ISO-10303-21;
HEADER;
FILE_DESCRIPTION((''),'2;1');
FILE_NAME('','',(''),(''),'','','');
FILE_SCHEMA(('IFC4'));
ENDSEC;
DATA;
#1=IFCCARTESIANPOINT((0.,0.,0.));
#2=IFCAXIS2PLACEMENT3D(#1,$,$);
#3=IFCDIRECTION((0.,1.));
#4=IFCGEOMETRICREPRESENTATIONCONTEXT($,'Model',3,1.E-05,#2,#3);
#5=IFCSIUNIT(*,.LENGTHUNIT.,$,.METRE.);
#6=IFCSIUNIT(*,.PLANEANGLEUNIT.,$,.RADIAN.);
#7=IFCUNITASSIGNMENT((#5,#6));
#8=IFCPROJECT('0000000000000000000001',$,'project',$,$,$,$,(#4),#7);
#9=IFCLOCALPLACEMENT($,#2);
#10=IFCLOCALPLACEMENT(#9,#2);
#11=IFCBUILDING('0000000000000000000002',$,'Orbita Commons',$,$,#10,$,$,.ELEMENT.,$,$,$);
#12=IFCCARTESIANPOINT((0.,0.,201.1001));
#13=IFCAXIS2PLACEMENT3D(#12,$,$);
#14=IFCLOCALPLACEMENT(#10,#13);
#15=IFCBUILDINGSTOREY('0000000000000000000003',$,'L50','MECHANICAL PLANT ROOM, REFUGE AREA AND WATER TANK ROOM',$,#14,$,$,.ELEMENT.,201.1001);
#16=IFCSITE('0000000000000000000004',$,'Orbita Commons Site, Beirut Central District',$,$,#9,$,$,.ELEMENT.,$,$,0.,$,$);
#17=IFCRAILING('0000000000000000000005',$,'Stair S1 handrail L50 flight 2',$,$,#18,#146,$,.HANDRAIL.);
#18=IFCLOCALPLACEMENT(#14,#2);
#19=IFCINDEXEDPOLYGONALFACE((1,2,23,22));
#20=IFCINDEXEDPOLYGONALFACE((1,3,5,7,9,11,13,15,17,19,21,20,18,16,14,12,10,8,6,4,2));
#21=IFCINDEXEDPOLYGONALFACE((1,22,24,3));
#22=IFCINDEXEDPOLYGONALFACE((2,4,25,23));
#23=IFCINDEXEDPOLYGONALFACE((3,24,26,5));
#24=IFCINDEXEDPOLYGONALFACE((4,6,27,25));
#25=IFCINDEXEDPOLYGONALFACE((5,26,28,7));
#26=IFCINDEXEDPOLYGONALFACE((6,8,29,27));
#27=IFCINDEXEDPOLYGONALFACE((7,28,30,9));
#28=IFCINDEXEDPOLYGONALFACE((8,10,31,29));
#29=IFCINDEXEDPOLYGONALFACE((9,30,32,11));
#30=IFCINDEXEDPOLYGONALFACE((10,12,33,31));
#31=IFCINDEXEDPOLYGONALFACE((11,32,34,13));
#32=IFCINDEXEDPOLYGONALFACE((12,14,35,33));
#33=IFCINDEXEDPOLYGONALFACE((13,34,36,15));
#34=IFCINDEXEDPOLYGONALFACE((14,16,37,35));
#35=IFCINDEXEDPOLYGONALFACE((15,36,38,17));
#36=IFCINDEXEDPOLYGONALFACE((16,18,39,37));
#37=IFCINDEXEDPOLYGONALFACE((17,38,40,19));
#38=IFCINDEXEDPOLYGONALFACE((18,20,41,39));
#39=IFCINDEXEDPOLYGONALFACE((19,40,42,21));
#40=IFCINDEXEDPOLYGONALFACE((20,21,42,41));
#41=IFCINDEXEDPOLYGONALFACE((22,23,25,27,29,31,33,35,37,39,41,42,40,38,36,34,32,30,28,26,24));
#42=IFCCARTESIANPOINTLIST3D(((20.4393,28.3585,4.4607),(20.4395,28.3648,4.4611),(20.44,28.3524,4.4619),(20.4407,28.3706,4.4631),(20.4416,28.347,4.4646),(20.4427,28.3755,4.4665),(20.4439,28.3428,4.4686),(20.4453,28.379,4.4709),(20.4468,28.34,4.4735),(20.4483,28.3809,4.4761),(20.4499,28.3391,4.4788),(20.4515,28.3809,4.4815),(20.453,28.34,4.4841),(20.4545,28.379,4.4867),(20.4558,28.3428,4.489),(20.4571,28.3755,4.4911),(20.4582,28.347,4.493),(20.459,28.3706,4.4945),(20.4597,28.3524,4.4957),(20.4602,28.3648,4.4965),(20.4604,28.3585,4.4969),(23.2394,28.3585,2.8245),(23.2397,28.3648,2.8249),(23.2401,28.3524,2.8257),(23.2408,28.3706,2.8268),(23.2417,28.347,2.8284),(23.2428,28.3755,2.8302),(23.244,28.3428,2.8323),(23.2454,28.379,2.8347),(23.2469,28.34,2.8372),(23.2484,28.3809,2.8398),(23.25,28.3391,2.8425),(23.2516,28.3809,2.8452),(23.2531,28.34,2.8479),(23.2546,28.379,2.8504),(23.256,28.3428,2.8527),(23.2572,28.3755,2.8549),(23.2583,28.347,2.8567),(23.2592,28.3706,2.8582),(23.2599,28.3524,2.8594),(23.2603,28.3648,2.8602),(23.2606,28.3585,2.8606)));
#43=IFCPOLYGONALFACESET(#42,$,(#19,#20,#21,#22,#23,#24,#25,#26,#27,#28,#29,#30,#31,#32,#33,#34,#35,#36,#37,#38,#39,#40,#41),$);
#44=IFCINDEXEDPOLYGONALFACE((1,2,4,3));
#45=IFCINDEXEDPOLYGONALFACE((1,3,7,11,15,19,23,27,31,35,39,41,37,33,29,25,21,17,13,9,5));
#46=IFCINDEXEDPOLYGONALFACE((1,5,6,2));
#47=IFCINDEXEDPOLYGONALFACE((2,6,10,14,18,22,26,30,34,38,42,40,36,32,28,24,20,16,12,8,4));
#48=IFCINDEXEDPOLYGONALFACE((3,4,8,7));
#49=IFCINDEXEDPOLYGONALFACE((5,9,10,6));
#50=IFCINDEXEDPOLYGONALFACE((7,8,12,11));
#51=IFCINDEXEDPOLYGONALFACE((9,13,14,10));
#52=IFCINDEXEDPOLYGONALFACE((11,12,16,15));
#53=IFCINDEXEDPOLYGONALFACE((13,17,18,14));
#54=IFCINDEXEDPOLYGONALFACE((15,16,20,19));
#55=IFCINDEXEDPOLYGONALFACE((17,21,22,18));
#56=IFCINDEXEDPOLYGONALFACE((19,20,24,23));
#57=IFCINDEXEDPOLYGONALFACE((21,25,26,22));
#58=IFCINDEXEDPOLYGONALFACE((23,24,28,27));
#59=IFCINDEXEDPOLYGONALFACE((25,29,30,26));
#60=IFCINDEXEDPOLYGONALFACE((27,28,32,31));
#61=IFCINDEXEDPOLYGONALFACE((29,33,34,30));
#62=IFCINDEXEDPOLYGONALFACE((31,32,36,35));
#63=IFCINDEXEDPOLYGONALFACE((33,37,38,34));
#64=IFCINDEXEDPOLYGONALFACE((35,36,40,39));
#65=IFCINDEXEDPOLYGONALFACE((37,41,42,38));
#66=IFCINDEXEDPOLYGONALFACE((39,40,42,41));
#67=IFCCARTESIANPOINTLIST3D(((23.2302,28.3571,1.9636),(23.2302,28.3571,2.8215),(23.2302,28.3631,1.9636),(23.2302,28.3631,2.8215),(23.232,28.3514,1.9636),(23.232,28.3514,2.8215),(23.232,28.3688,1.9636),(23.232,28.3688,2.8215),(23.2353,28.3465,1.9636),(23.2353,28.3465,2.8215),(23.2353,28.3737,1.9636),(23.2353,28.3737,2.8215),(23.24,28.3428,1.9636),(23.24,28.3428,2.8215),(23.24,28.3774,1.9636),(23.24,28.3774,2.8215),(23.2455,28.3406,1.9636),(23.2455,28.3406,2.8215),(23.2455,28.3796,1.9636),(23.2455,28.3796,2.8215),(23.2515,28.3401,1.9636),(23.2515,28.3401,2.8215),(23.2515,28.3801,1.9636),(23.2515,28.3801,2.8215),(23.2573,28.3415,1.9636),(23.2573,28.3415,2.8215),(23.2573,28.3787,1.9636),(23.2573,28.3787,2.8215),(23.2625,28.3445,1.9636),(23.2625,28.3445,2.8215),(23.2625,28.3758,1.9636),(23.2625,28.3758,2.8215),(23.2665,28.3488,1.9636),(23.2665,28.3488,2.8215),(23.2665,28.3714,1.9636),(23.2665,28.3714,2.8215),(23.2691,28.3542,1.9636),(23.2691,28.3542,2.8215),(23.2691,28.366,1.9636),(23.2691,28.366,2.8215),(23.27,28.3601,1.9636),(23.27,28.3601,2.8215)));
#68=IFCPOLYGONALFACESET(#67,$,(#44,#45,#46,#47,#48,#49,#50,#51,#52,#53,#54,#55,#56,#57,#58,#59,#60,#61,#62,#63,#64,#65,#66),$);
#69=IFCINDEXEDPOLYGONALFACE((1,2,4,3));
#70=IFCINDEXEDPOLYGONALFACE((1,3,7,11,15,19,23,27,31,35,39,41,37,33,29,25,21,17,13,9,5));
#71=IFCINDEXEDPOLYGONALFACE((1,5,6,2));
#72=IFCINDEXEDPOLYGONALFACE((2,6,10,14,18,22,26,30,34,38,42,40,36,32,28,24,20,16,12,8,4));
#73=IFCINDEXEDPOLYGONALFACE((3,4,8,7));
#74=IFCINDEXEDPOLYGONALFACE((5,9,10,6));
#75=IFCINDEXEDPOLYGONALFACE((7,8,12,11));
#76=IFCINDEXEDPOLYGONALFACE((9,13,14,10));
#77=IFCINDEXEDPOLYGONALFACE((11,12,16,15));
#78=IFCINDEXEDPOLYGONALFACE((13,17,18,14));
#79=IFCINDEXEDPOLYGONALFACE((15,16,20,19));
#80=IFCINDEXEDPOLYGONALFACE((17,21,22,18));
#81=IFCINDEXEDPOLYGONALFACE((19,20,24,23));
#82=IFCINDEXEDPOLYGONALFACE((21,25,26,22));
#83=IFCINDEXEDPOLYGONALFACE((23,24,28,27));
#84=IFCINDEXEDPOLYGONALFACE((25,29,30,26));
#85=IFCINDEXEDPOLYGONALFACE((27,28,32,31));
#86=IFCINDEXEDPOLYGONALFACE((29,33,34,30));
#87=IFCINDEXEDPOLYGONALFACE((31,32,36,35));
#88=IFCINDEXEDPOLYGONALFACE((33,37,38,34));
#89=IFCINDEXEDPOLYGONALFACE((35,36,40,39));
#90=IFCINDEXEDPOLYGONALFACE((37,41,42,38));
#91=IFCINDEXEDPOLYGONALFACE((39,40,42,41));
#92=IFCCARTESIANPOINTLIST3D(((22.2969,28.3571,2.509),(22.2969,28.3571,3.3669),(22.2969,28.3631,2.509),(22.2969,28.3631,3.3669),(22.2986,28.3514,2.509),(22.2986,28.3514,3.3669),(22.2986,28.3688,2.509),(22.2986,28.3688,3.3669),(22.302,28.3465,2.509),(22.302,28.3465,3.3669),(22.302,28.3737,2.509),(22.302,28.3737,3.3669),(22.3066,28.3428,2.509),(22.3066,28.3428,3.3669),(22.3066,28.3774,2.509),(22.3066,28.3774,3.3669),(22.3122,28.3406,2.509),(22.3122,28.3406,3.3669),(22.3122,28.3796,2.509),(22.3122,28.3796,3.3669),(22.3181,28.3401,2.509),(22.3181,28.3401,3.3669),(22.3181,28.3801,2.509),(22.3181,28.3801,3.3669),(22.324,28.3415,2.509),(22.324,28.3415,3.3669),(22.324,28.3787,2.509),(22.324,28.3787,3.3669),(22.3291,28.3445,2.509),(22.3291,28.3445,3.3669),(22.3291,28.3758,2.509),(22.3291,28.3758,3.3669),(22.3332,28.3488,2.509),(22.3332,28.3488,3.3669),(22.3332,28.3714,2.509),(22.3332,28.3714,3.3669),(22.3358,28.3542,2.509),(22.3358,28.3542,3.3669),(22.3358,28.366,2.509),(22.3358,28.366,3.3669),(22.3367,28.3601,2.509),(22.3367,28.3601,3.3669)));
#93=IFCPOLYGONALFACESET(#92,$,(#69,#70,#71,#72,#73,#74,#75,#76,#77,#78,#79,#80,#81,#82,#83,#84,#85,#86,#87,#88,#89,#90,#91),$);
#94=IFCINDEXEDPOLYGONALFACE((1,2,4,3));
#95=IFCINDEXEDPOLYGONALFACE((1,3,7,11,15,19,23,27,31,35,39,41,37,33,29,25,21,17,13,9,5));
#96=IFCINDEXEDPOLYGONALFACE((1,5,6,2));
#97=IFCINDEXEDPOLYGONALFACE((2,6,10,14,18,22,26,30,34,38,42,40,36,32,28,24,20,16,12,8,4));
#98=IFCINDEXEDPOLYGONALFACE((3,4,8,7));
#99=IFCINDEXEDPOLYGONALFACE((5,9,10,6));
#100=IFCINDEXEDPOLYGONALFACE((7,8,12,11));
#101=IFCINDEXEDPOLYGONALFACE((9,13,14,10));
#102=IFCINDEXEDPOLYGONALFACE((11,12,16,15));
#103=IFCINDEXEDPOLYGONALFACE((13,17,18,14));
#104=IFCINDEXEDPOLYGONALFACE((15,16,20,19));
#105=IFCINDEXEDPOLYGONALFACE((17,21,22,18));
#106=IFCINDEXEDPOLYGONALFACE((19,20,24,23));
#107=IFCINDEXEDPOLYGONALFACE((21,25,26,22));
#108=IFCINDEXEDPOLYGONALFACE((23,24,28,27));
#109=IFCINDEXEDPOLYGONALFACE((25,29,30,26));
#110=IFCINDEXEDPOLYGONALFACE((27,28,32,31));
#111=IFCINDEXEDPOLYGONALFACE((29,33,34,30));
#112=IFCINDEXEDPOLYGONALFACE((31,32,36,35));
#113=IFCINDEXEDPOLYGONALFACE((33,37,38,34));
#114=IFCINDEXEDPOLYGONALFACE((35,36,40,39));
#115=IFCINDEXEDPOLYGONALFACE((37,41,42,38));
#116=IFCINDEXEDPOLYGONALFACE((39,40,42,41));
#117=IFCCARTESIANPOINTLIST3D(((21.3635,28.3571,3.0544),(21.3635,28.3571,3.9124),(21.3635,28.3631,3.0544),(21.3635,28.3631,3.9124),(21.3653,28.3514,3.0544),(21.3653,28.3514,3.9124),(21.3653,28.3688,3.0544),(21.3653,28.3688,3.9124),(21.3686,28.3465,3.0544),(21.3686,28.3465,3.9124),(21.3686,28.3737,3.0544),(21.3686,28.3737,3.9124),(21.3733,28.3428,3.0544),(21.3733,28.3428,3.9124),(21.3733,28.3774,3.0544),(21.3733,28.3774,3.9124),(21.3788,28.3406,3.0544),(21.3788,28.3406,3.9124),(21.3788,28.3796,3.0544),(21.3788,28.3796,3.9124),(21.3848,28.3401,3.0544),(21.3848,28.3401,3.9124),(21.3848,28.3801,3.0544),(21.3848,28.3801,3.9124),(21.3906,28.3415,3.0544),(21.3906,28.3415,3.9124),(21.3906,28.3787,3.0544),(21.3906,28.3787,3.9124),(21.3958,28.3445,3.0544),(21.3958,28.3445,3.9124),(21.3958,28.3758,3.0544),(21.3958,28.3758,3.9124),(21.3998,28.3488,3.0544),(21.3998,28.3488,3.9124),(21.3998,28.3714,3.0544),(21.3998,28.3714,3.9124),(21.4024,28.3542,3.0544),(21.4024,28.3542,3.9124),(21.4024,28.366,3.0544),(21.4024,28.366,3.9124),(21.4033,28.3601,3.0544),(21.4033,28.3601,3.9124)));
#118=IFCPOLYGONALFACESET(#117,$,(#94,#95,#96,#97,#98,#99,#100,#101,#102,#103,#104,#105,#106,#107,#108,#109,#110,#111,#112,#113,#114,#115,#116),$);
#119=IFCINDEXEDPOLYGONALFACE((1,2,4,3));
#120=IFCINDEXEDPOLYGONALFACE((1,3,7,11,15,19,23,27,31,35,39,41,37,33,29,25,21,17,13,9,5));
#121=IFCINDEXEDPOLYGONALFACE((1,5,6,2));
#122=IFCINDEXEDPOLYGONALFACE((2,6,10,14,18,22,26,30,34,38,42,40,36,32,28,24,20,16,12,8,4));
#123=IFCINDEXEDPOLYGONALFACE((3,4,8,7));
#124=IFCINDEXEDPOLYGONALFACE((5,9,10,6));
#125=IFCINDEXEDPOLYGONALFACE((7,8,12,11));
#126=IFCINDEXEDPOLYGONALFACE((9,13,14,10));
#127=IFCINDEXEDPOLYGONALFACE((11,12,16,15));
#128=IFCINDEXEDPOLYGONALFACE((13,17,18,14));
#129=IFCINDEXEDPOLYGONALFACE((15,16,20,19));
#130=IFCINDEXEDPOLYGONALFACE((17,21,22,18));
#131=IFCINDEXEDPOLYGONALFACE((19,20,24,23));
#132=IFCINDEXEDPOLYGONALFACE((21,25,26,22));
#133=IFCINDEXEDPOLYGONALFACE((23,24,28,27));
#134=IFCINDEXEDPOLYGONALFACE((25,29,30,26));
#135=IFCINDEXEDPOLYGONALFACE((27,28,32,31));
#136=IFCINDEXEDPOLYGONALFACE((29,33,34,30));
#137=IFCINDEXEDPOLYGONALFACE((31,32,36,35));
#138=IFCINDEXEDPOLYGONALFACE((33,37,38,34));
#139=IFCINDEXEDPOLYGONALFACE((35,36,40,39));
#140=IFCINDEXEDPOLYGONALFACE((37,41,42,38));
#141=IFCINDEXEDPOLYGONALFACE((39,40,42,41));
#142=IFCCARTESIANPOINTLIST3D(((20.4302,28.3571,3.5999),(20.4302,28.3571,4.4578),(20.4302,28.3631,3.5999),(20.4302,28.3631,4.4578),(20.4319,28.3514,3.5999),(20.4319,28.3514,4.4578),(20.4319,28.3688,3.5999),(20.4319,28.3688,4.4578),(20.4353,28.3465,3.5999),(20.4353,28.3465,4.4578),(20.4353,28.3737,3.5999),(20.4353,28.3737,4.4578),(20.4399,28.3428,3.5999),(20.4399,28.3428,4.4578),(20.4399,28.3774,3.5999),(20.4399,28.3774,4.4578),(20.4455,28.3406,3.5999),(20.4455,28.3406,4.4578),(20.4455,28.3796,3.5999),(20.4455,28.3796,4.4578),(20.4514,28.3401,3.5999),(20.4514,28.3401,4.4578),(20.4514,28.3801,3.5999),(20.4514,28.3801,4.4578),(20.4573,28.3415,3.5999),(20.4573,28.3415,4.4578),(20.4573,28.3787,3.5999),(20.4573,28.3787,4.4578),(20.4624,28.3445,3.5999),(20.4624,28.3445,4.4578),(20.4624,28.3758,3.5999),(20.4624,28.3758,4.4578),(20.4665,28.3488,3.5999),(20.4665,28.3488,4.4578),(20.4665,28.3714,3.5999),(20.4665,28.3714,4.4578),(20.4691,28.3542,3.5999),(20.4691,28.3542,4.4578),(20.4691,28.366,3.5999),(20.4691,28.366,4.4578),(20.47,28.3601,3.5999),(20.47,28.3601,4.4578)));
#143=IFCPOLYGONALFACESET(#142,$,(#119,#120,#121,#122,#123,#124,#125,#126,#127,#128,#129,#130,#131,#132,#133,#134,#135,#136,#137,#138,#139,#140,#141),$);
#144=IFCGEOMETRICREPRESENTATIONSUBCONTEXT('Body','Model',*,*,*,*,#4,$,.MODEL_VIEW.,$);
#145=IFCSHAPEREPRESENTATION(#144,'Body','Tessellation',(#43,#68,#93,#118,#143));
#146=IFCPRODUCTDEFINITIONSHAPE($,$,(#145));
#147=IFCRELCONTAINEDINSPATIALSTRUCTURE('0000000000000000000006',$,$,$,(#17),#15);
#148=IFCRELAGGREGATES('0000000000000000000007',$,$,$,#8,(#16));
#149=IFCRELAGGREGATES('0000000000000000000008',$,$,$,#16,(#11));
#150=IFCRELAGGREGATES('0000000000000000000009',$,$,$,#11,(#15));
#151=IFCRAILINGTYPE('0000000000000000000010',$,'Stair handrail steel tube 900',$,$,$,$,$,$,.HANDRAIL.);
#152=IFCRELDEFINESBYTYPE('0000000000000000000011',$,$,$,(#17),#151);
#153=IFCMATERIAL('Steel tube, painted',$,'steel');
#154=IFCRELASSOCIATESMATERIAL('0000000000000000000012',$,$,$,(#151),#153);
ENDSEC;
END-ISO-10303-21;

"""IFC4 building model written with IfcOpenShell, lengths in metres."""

from ifc_helpers import new_model, si_unit, direction, frame, origin, origin_2d, place, context, subcontext, project, spatial, circle, extrude, material, type_object, element, save


model = new_model("IFC4")

# Units and contexts
model_context = context("Model", 3, precision=1e-05, world=origin(), true_north=direction((0.0, 1.0)))
body_context = subcontext(model_context, "Body", "Model", "MODEL_VIEW")
ifc_project = project(units=[si_unit("LENGTHUNIT", "METRE"), si_unit("PLANEANGLEUNIT", "RADIAN")], contexts=[model_context])

# Site, building, storey
site_placement = place(None, origin())
site = spatial("IfcSite", under=ifc_project, at=site_placement, Name="Orbita Commons Site, Beirut Central District", CompositionType="ELEMENT", RefElevation=0.0)
building_placement = place(site_placement, origin())
building = spatial("IfcBuilding", under=site, at=building_placement, Name="Orbita Commons", CompositionType="ELEMENT")
storey_placement = place(building_placement, frame((0.0, 0.0, 201.1001)))
storey = spatial("IfcBuildingStorey", under=building, at=storey_placement, Name="L50", Description="MECHANICAL PLANT ROOM, REFUGE AREA AND WATER TANK ROOM", CompositionType="ELEMENT", Elevation=201.1001)

# Railing
ifc_material = material(Name="Steel tube, painted", Category="steel")
railing_type = type_object("IfcRailingType", Name="Stair handrail steel tube 900", PredefinedType="HANDRAIL", material=ifc_material)
for number, where, name in (
    (1, (23.25, 28.3601, 1.9636), "Stair S1 handrail L50 flight 2"),
):
    element("IfcRailing", number, at=place(storey_placement, frame(where)), inside=storey, type_object=railing_type, Name=name, PredefinedType="HANDRAIL", context=body_context, shape_type="SweptSolid", body=[
        extrude(circle(Radius=0.021, at=origin_2d()), frame((0.0, 0.0, 0.8789), z_axis=(-0.863394, 0.0, 0.504531), x_axis=(0.0, -1.0, 0.0)), (0.0, 0.0, 1.0), 3.2432),
        extrude(circle(Radius=0.02, at=origin_2d()), origin(), (0.0, 0.0, 1.0), 0.8579),
        extrude(circle(Radius=0.02, at=origin_2d()), frame((-0.9333, 0.0, 0.5454)), (0.0, 0.0, 1.0), 0.8579),
        extrude(circle(Radius=0.02, at=origin_2d()), frame((-1.8667, 0.0, 1.0908)), (0.0, 0.0, 1.0), 0.8579),
        extrude(circle(Radius=0.02, at=origin_2d()), frame((-2.8, 0.0, 1.6362)), (0.0, 0.0, 1.0), 0.8579),
    ])

save(model, "model.ifc")
